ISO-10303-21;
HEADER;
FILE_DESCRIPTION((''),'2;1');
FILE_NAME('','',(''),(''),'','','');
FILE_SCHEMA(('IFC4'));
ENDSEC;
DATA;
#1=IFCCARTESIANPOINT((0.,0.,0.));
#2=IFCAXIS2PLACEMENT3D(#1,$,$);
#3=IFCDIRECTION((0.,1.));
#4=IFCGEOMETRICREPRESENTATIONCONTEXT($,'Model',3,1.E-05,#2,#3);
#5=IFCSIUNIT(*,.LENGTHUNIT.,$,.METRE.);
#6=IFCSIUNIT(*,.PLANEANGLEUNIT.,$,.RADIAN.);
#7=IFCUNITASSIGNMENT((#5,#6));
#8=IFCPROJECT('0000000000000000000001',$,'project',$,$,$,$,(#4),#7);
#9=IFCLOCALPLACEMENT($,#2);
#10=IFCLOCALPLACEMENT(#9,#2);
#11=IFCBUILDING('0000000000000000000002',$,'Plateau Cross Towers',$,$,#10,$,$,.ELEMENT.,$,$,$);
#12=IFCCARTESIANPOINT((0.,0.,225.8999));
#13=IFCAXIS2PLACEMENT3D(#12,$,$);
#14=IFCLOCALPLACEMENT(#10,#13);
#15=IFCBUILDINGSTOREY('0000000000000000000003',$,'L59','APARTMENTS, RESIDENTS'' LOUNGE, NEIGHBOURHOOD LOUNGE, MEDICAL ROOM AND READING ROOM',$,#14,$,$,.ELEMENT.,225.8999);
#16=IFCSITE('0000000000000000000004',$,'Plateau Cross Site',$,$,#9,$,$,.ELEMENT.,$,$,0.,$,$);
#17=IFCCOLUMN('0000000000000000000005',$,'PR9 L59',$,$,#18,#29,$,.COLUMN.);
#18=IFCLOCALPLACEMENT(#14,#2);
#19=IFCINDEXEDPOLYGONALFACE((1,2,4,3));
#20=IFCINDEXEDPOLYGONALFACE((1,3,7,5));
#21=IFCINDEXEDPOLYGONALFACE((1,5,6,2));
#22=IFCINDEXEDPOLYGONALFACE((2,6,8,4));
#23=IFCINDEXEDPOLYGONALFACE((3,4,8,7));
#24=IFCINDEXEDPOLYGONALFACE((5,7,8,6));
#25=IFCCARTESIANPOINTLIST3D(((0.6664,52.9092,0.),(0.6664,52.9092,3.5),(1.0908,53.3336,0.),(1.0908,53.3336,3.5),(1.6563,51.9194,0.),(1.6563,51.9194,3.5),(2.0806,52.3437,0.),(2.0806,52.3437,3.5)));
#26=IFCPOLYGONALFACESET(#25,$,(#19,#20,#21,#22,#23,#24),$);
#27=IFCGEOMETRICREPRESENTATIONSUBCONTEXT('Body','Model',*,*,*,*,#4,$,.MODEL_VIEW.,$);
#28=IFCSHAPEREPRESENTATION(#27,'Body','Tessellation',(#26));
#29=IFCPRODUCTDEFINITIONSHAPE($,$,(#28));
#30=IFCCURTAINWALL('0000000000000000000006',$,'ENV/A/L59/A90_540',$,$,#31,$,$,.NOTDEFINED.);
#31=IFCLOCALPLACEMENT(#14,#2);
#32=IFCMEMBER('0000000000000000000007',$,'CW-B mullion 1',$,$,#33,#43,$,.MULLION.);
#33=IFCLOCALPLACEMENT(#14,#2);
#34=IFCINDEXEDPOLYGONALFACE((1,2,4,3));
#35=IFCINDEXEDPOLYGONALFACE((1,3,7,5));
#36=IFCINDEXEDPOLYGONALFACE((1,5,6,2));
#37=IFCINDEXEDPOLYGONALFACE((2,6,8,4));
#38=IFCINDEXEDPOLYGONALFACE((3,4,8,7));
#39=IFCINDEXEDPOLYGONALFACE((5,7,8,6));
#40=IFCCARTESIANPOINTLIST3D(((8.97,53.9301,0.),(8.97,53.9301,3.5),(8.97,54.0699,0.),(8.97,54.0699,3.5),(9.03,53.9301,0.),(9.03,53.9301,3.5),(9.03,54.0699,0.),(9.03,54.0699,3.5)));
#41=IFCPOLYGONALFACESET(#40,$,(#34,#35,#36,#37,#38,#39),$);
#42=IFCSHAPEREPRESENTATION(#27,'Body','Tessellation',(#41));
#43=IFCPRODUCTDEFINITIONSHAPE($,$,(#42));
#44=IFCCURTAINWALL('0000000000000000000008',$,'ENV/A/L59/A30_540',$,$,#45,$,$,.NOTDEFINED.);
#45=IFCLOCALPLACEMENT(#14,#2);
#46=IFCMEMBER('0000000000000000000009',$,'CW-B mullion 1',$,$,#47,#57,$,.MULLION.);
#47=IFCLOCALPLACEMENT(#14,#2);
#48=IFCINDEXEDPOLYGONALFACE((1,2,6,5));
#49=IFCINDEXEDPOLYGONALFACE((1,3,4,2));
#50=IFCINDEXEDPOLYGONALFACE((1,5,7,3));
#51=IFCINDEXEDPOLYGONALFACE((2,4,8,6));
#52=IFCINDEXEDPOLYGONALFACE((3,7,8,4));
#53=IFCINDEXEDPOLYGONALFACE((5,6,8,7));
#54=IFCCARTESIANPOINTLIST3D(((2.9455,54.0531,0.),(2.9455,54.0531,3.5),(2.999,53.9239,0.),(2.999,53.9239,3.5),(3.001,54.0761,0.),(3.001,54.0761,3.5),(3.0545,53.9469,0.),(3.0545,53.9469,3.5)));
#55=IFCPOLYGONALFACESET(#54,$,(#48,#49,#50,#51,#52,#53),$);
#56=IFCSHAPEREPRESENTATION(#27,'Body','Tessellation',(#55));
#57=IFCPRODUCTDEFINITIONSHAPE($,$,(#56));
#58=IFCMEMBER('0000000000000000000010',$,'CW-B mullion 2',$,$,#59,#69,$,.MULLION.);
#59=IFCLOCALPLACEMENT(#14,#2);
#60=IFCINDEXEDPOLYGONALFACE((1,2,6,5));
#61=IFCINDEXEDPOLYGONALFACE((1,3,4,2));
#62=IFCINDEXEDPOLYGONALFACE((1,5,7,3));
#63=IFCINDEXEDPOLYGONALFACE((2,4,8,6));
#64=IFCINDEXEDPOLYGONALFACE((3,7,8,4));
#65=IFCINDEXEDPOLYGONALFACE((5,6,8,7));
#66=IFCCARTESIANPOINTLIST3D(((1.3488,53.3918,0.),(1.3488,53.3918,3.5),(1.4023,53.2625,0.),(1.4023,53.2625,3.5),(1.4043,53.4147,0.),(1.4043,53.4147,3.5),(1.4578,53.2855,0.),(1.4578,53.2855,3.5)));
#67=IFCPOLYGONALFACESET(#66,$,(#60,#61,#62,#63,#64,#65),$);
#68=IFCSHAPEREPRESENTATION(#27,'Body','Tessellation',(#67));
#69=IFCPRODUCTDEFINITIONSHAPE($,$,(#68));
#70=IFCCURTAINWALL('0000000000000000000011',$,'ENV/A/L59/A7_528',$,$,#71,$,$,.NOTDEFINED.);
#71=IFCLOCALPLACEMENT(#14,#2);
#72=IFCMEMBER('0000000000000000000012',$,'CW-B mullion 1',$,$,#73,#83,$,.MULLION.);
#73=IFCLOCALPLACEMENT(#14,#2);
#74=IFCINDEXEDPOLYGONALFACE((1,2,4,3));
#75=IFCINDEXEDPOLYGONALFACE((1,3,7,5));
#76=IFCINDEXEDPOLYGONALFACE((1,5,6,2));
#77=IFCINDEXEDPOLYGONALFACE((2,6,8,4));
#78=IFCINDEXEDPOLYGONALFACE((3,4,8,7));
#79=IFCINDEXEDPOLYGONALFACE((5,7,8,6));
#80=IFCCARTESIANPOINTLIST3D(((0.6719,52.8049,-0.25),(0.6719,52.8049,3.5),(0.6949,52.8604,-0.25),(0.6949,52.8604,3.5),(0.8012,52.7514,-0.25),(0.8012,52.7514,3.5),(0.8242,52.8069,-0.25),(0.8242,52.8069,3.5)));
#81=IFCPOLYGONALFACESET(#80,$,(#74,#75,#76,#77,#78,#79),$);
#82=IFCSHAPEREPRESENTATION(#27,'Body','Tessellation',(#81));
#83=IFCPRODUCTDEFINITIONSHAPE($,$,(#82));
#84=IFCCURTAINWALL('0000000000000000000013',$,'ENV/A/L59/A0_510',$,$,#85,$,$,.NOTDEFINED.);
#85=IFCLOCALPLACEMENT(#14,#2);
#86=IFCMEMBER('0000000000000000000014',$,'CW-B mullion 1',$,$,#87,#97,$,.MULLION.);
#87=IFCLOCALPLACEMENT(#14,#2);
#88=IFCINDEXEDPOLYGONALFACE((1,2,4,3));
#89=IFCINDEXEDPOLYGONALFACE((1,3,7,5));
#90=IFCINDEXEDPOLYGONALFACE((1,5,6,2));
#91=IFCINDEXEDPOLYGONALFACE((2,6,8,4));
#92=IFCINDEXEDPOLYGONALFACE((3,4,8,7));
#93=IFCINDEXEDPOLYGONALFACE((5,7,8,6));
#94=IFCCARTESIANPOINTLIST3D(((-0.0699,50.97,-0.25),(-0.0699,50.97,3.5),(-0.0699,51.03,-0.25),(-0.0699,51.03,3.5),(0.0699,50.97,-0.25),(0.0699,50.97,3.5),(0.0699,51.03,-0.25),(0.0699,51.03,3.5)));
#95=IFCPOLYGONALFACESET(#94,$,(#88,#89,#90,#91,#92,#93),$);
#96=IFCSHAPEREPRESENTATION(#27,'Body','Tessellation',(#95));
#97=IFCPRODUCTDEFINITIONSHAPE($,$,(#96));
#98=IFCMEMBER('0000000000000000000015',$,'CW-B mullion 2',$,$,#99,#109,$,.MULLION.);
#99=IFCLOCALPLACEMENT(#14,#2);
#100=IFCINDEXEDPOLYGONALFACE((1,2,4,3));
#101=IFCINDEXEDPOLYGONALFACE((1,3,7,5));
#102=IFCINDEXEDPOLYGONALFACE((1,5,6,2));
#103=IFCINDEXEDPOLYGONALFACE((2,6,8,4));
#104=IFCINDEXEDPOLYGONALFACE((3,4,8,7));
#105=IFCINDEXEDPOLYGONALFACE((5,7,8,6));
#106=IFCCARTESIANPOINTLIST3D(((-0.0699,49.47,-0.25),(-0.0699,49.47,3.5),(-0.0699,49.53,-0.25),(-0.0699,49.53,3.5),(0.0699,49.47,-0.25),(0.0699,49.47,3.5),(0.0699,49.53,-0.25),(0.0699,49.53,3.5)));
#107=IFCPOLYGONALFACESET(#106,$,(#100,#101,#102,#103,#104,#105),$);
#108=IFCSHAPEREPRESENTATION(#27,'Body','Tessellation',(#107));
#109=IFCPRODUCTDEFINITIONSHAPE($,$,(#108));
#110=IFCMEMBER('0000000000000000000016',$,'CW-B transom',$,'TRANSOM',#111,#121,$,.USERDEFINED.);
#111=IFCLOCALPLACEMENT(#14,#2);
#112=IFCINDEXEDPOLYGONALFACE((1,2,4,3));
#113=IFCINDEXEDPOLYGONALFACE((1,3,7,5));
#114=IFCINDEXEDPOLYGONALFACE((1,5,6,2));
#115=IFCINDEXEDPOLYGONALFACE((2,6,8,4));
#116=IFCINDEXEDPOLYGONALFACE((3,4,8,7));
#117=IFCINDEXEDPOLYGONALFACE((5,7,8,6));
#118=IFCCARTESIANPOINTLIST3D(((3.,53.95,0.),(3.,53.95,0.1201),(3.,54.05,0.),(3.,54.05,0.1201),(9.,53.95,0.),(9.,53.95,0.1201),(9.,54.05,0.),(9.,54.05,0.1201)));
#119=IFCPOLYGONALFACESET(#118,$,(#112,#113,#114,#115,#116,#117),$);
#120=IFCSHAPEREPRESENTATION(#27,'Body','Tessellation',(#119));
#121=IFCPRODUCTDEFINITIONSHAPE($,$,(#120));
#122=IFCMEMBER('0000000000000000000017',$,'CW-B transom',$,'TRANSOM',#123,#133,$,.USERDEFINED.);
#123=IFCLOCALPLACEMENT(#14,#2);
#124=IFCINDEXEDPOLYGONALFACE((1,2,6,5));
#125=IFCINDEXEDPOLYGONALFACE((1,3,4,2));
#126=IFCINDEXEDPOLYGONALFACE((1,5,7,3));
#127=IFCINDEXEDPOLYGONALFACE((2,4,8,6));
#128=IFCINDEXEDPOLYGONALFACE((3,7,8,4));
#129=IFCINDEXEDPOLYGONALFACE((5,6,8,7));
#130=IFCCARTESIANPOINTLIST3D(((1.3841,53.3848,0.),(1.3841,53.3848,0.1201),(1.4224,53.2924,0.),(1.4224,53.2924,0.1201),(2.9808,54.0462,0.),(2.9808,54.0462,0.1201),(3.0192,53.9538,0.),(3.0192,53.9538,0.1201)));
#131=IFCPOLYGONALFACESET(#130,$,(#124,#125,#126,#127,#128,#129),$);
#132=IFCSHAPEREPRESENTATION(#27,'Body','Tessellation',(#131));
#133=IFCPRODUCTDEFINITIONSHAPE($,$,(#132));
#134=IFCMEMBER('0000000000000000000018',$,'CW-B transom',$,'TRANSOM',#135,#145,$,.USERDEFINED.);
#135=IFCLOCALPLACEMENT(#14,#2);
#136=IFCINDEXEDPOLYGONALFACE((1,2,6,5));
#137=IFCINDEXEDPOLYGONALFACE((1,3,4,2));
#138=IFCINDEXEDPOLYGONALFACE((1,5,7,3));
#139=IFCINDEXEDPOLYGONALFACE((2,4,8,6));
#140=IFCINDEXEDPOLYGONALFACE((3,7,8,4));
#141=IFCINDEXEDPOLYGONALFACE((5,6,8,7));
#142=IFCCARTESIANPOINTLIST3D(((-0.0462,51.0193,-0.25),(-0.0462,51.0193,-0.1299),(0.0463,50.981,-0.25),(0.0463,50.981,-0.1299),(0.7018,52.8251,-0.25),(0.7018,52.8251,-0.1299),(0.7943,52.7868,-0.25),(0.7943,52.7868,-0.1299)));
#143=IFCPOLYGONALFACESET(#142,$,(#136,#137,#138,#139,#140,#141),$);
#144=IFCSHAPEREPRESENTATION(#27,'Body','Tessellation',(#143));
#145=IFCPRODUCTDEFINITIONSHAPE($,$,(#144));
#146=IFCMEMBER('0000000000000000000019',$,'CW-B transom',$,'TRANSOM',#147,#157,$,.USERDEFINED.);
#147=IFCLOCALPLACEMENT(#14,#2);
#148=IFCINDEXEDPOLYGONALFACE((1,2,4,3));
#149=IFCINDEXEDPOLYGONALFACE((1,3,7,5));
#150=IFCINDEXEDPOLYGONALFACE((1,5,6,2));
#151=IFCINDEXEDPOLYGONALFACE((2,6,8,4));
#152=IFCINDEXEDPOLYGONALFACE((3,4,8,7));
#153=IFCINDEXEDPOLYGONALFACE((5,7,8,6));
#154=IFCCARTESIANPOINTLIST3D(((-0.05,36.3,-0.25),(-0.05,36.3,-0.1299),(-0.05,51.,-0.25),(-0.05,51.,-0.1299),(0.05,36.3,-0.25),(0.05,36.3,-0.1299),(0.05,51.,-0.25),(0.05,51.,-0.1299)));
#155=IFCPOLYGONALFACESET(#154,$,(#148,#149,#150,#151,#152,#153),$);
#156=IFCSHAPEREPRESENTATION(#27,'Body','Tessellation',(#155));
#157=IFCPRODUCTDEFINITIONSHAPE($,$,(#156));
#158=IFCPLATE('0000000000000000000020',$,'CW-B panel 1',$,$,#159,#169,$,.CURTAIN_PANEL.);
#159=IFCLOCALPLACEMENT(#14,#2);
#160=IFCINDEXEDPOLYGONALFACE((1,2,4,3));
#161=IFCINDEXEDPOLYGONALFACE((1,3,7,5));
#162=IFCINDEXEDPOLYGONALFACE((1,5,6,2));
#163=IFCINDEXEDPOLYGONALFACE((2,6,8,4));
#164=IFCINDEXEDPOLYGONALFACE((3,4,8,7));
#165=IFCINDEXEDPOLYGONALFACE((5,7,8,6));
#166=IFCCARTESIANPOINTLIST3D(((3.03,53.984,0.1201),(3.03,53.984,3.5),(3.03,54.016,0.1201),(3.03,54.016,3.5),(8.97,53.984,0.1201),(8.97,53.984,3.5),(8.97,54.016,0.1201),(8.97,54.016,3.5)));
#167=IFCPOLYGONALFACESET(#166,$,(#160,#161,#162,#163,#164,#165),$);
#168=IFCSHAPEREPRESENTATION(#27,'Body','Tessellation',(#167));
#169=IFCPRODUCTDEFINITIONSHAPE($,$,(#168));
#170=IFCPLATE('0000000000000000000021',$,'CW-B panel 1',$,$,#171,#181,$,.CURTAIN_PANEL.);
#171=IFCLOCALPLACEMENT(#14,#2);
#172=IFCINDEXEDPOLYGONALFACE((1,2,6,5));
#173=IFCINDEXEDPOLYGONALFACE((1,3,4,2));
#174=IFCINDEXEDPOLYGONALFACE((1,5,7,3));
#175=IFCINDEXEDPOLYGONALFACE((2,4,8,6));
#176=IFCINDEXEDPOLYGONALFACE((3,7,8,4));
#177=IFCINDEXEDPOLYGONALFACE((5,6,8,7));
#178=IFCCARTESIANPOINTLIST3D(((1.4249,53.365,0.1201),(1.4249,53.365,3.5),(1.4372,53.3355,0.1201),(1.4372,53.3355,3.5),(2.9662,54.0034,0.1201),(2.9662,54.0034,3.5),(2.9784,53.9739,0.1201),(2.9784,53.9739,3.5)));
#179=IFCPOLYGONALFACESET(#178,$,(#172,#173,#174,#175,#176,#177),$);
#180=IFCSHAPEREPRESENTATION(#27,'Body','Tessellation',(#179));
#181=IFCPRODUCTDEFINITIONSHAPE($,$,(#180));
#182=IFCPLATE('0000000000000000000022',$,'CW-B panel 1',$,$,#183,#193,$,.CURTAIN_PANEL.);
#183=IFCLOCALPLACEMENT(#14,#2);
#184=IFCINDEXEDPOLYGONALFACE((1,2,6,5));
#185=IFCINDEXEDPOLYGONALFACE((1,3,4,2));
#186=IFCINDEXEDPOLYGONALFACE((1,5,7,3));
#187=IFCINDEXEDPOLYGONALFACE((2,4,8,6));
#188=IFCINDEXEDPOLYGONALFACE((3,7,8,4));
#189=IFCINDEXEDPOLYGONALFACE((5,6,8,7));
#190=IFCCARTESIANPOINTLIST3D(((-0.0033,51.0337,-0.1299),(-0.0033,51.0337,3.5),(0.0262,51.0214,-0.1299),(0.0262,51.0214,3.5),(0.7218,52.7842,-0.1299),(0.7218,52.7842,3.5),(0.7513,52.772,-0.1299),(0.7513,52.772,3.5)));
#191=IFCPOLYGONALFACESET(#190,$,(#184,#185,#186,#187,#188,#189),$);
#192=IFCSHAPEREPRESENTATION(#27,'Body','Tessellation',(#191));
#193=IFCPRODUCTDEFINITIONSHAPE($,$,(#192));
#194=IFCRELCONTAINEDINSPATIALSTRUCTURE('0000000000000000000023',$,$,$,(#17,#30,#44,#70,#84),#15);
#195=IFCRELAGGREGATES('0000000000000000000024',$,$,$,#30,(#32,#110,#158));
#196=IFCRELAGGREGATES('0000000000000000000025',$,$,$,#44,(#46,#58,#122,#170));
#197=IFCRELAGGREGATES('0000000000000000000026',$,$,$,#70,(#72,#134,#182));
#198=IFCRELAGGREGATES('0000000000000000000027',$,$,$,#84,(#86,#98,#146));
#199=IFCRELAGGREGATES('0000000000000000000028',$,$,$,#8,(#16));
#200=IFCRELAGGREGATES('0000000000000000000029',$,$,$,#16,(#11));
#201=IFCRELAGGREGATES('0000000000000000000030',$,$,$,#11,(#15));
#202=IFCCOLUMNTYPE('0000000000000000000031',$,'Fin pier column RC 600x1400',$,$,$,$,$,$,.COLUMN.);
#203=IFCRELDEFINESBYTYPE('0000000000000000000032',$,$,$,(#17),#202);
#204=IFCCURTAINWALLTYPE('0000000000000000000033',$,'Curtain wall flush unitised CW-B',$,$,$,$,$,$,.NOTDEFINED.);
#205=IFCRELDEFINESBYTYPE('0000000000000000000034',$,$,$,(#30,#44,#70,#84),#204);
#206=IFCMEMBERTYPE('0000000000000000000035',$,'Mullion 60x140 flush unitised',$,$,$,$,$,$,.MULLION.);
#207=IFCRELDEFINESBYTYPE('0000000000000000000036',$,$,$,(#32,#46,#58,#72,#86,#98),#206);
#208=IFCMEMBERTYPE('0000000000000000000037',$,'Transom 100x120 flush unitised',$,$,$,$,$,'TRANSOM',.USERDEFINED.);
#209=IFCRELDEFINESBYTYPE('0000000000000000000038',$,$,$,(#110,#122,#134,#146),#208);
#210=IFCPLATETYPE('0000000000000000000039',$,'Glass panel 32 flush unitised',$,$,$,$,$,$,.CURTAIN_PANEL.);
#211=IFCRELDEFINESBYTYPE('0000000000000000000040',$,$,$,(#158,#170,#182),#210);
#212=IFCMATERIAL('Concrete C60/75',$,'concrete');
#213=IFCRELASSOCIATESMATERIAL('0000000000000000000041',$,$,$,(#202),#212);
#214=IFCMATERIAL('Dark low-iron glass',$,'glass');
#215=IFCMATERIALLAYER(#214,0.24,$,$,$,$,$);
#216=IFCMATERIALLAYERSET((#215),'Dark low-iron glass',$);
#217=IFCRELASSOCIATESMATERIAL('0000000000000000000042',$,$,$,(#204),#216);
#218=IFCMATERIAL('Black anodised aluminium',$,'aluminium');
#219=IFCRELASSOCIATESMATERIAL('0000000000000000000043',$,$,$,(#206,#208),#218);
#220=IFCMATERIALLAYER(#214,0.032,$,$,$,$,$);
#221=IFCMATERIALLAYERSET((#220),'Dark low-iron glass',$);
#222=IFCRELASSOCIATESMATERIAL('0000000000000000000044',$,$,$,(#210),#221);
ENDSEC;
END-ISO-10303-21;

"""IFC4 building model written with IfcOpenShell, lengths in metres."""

from ifc_helpers import new_model, si_unit, direction, frame, origin, origin_2d, place, context, subcontext, project, spatial, rectangle, extrude, material, layer, layer_set, material_profile, profile_set, type_object, element, aggregate, save


model = new_model("IFC4")

# Units and contexts
model_context = context("Model", 3, precision=1e-05, world=origin(), true_north=direction((0.0, 1.0)))
body_context = subcontext(model_context, "Body", "Model", "MODEL_VIEW")
ifc_project = project(units=[si_unit("LENGTHUNIT", "METRE"), si_unit("PLANEANGLEUNIT", "RADIAN")], contexts=[model_context])

# Site, building, storey
site_placement = place(None, origin())
site = spatial("IfcSite", under=ifc_project, at=site_placement, Name="Plateau Cross Site", CompositionType="ELEMENT", RefElevation=0.0)
building_placement = place(site_placement, origin())
building = spatial("IfcBuilding", under=site, at=building_placement, Name="Plateau Cross Towers", CompositionType="ELEMENT")
storey_placement = place(building_placement, frame((0.0, 0.0, 225.8999)))
storey = spatial("IfcBuildingStorey", under=building, at=storey_placement, Name="L59", Description="APARTMENTS, RESIDENTS' LOUNGE, NEIGHBOURHOOD LOUNGE, MEDICAL ROOM AND READING ROOM", CompositionType="ELEMENT", Elevation=225.8999)

# Column
ifc_material_1 = material(Name="Concrete C60/75", Category="concrete")
ifc_material_profile_1 = material_profile(ifc_material_1, rectangle(XDim=0.6001, YDim=1.3999, at=origin_2d()), Name="RC 600x1400")
ifc_profile_set_1 = profile_set([ifc_material_profile_1], Name="Concrete C60/75")
column_type = type_object("IfcColumnType", Name="Fin pier column RC 600x1400", PredefinedType="COLUMN", material=ifc_profile_set_1)
column_placement = place(storey_placement, frame((1.3735, 52.6265, 0.0), z_axis=(0.0, 0.0, 1.0), x_axis=(0.707107, 0.707107, 0.0)))
element("IfcColumn", 1, at=column_placement, inside=storey, type_object=column_type, Name="PR9 L59", PredefinedType="COLUMN", context=body_context, shape_type="SweptSolid", body=[
    extrude(rectangle(XDim=0.6001, YDim=1.3999, at=origin_2d()), origin(), (0.0, 0.0, 1.0), 3.5),
])

# Curtain wall, member
ifc_material_2 = material(Name="Dark low-iron glass", Category="glass")
ifc_layer_1 = layer(ifc_material_2, 0.24)
ifc_layer_set_1 = layer_set([ifc_layer_1], Name="Dark low-iron glass")
curtain_wall_type = type_object("IfcCurtainWallType", Name="Curtain wall flush unitised CW-B", PredefinedType="NOTDEFINED", material=ifc_layer_set_1)
curtain_wall_1_placement = place(storey_placement, origin())
curtain_wall_1 = element("IfcCurtainWall", 2, at=curtain_wall_1_placement, inside=storey, type_object=curtain_wall_type, Name="ENV/A/L59/A90_540", PredefinedType="NOTDEFINED")
ifc_material_3 = material(Name="Black anodised aluminium", Category="aluminium")
ifc_material_profile_2 = material_profile(ifc_material_3, rectangle(XDim=0.0601, YDim=0.1399, at=origin_2d()), Name="MULLION 60x140")
ifc_profile_set_2 = profile_set([ifc_material_profile_2], Name="Black anodised aluminium")
member_type_1 = type_object("IfcMemberType", Name="Mullion 60x140 flush unitised", PredefinedType="MULLION", material=ifc_profile_set_2)
member_1_placement = place(storey_placement, frame((9.0, 54.0, 0.0), z_axis=(0.0, 0.0, 1.0), x_axis=(-1.0, 0.0, 0.0)))
member_1 = element("IfcMember", 3, at=member_1_placement, type_object=member_type_1, Name="CW-B mullion 1", PredefinedType="MULLION", context=body_context, shape_type="SweptSolid", body=[
    extrude(rectangle(XDim=0.0601, YDim=0.1399, at=origin_2d()), origin(), (0.0, 0.0, 1.0), 3.5),
])

# Curtain wall, members
curtain_wall_2_placement = place(storey_placement, origin())
curtain_wall_2 = element("IfcCurtainWall", 4, at=curtain_wall_2_placement, inside=storey, type_object=curtain_wall_type, Name="ENV/A/L59/A30_540", PredefinedType="NOTDEFINED")
member_2_placement = place(storey_placement, frame((3.0, 54.0, 0.0), z_axis=(0.0, 0.0, 1.0), x_axis=(-0.923879, -0.382684, 0.0)))
member_2 = element("IfcMember", 5, at=member_2_placement, type_object=member_type_1, Name="CW-B mullion 1", PredefinedType="MULLION", context=body_context, shape_type="SweptSolid", body=[
    extrude(rectangle(XDim=0.0601, YDim=0.1399, at=origin_2d()), origin(), (0.0, 0.0, 1.0), 3.5),
])
member_3_placement = place(storey_placement, frame((1.4033, 53.3386, 0.0), z_axis=(0.0, 0.0, 1.0), x_axis=(-0.923879, -0.382684, 0.0)))
member_3 = element("IfcMember", 6, at=member_3_placement, type_object=member_type_1, Name="CW-B mullion 2", PredefinedType="MULLION", context=body_context, shape_type="SweptSolid", body=[
    extrude(rectangle(XDim=0.0601, YDim=0.1399, at=origin_2d()), origin(), (0.0, 0.0, 1.0), 3.5),
])

# Curtain wall, member
curtain_wall_3_placement = place(storey_placement, origin())
curtain_wall_3 = element("IfcCurtainWall", 7, at=curtain_wall_3_placement, inside=storey, type_object=curtain_wall_type, Name="ENV/A/L59/A7_528", PredefinedType="NOTDEFINED")
member_4_placement = place(storey_placement, frame((0.748, 52.8059, -0.25), z_axis=(0.0, 0.0, 1.0), x_axis=(-0.382684, -0.923879, 0.0)))
member_4 = element("IfcMember", 8, at=member_4_placement, type_object=member_type_1, Name="CW-B mullion 1", PredefinedType="MULLION", context=body_context, shape_type="SweptSolid", body=[
    extrude(rectangle(XDim=0.0601, YDim=0.1399, at=origin_2d()), origin(), (0.0, 0.0, 1.0), 3.75),
])

# Curtain wall, members
curtain_wall_4_placement = place(storey_placement, origin())
curtain_wall_4 = element("IfcCurtainWall", 9, at=curtain_wall_4_placement, inside=storey, type_object=curtain_wall_type, Name="ENV/A/L59/A0_510", PredefinedType="NOTDEFINED")
member_5_placement = place(storey_placement, frame((0.0, 51.0, -0.25), z_axis=(0.0, 0.0, 1.0), x_axis=(0.0, -1.0, 0.0)))
member_5 = element("IfcMember", 10, at=member_5_placement, type_object=member_type_1, Name="CW-B mullion 1", PredefinedType="MULLION", context=body_context, shape_type="SweptSolid", body=[
    extrude(rectangle(XDim=0.0601, YDim=0.1399, at=origin_2d()), origin(), (0.0, 0.0, 1.0), 3.75),
])
member_6_placement = place(storey_placement, frame((0.0, 49.5, -0.25), z_axis=(0.0, 0.0, 1.0), x_axis=(0.0, -1.0, 0.0)))
member_6 = element("IfcMember", 11, at=member_6_placement, type_object=member_type_1, Name="CW-B mullion 2", PredefinedType="MULLION", context=body_context, shape_type="SweptSolid", body=[
    extrude(rectangle(XDim=0.0601, YDim=0.1399, at=origin_2d()), origin(), (0.0, 0.0, 1.0), 3.75),
])

# Members
ifc_material_profile_3 = material_profile(ifc_material_3, rectangle(XDim=0.1001, YDim=0.1201, at=origin_2d()), Name="TRANSOM 100x120")
ifc_profile_set_3 = profile_set([ifc_material_profile_3], Name="Black anodised aluminium")
member_type_2 = type_object("IfcMemberType", Name="Transom 100x120 flush unitised", ElementType="TRANSOM", PredefinedType="USERDEFINED", material=ifc_profile_set_3)
member_7_placement = place(storey_placement, frame((9.0, 54.0, 0.0601), z_axis=(-1.0, 0.0, 0.0), x_axis=(0.0, -1.0, 0.0)))
member_7 = element("IfcMember", 12, at=member_7_placement, type_object=member_type_2, Name="CW-B transom", ObjectType="TRANSOM", PredefinedType="USERDEFINED", context=body_context, shape_type="SweptSolid", body=[
    extrude(rectangle(XDim=0.1001, YDim=0.1201, at=origin_2d()), origin(), (0.0, 0.0, 1.0), 6.0),
])
member_8_placement = place(storey_placement, frame((3.0, 54.0, 0.0601), z_axis=(-0.923877, -0.382689, 0.0), x_axis=(0.382689, -0.923877, 0.0)))
member_8 = element("IfcMember", 13, at=member_8_placement, type_object=member_type_2, Name="CW-B transom", ObjectType="TRANSOM", PredefinedType="USERDEFINED", context=body_context, shape_type="SweptSolid", body=[
    extrude(rectangle(XDim=0.1001, YDim=0.1201, at=origin_2d()), origin(), (0.0, 0.0, 1.0), 1.7283),
])
member_9_placement = place(storey_placement, frame((0.748, 52.8059, -0.1899), z_axis=(-0.38269, -0.923877, 0.0), x_axis=(0.923877, -0.38269, 0.0)))
member_9 = element("IfcMember", 14, at=member_9_placement, type_object=member_type_2, Name="CW-B transom", ObjectType="TRANSOM", PredefinedType="USERDEFINED", context=body_context, shape_type="SweptSolid", body=[
    extrude(rectangle(XDim=0.1001, YDim=0.1201, at=origin_2d()), origin(), (0.0, 0.0, 1.0), 1.9546),
])
member_10_placement = place(storey_placement, frame((0.0, 51.0, -0.1899), z_axis=(0.0, -1.0, 0.0), x_axis=(1.0, 0.0, 0.0)))
member_10 = element("IfcMember", 15, at=member_10_placement, type_object=member_type_2, Name="CW-B transom", ObjectType="TRANSOM", PredefinedType="USERDEFINED", context=body_context, shape_type="SweptSolid", body=[
    extrude(rectangle(XDim=0.1001, YDim=0.1201, at=origin_2d()), origin(), (0.0, 0.0, 1.0), 14.7),
])

# Plates
ifc_layer_2 = layer(ifc_material_2, 0.032)
ifc_layer_set_2 = layer_set([ifc_layer_2], Name="Dark low-iron glass")
plate_type = type_object("IfcPlateType", Name="Glass panel 32 flush unitised", PredefinedType="CURTAIN_PANEL", material=ifc_layer_set_2)
plate_1_placement = place(storey_placement, frame((6.0, 54.0, 0.1201), z_axis=(0.0, 0.0, 1.0), x_axis=(-1.0, 0.0, 0.0)))
plate_1 = element("IfcPlate", 16, at=plate_1_placement, type_object=plate_type, Name="CW-B panel 1", PredefinedType="CURTAIN_PANEL", context=body_context, shape_type="SweptSolid", body=[
    extrude(rectangle(XDim=5.9399, YDim=0.032, at=origin_2d()), origin(), (0.0, 0.0, 1.0), 3.3799),
])
aggregate(curtain_wall_1, [member_1, member_7, plate_1])
plate_2_placement = place(storey_placement, frame((2.2017, 53.6694, 0.1201), z_axis=(0.0, 0.0, 1.0), x_axis=(-0.923879, -0.382684, 0.0)))
plate_2 = element("IfcPlate", 17, at=plate_2_placement, type_object=plate_type, Name="CW-B panel 1", PredefinedType="CURTAIN_PANEL", context=body_context, shape_type="SweptSolid", body=[
    extrude(rectangle(XDim=1.6682, YDim=0.032, at=origin_2d()), origin(), (0.0, 0.0, 1.0), 3.3799),
])
aggregate(curtain_wall_2, [member_2, member_3, member_8, plate_2])
plate_3_placement = place(storey_placement, frame((0.374, 51.9028, -0.1299), z_axis=(0.0, 0.0, 1.0), x_axis=(-0.382684, -0.923879, 0.0)))
plate_3 = element("IfcPlate", 18, at=plate_3_placement, type_object=plate_type, Name="CW-B panel 1", PredefinedType="CURTAIN_PANEL", context=body_context, shape_type="SweptSolid", body=[
    extrude(rectangle(XDim=1.8948, YDim=0.032, at=origin_2d()), origin(), (0.0, 0.0, 1.0), 3.6299),
])
aggregate(curtain_wall_3, [member_4, member_9, plate_3])
aggregate(curtain_wall_4, [member_5, member_6, member_10])

save(model, "model.ifc")
